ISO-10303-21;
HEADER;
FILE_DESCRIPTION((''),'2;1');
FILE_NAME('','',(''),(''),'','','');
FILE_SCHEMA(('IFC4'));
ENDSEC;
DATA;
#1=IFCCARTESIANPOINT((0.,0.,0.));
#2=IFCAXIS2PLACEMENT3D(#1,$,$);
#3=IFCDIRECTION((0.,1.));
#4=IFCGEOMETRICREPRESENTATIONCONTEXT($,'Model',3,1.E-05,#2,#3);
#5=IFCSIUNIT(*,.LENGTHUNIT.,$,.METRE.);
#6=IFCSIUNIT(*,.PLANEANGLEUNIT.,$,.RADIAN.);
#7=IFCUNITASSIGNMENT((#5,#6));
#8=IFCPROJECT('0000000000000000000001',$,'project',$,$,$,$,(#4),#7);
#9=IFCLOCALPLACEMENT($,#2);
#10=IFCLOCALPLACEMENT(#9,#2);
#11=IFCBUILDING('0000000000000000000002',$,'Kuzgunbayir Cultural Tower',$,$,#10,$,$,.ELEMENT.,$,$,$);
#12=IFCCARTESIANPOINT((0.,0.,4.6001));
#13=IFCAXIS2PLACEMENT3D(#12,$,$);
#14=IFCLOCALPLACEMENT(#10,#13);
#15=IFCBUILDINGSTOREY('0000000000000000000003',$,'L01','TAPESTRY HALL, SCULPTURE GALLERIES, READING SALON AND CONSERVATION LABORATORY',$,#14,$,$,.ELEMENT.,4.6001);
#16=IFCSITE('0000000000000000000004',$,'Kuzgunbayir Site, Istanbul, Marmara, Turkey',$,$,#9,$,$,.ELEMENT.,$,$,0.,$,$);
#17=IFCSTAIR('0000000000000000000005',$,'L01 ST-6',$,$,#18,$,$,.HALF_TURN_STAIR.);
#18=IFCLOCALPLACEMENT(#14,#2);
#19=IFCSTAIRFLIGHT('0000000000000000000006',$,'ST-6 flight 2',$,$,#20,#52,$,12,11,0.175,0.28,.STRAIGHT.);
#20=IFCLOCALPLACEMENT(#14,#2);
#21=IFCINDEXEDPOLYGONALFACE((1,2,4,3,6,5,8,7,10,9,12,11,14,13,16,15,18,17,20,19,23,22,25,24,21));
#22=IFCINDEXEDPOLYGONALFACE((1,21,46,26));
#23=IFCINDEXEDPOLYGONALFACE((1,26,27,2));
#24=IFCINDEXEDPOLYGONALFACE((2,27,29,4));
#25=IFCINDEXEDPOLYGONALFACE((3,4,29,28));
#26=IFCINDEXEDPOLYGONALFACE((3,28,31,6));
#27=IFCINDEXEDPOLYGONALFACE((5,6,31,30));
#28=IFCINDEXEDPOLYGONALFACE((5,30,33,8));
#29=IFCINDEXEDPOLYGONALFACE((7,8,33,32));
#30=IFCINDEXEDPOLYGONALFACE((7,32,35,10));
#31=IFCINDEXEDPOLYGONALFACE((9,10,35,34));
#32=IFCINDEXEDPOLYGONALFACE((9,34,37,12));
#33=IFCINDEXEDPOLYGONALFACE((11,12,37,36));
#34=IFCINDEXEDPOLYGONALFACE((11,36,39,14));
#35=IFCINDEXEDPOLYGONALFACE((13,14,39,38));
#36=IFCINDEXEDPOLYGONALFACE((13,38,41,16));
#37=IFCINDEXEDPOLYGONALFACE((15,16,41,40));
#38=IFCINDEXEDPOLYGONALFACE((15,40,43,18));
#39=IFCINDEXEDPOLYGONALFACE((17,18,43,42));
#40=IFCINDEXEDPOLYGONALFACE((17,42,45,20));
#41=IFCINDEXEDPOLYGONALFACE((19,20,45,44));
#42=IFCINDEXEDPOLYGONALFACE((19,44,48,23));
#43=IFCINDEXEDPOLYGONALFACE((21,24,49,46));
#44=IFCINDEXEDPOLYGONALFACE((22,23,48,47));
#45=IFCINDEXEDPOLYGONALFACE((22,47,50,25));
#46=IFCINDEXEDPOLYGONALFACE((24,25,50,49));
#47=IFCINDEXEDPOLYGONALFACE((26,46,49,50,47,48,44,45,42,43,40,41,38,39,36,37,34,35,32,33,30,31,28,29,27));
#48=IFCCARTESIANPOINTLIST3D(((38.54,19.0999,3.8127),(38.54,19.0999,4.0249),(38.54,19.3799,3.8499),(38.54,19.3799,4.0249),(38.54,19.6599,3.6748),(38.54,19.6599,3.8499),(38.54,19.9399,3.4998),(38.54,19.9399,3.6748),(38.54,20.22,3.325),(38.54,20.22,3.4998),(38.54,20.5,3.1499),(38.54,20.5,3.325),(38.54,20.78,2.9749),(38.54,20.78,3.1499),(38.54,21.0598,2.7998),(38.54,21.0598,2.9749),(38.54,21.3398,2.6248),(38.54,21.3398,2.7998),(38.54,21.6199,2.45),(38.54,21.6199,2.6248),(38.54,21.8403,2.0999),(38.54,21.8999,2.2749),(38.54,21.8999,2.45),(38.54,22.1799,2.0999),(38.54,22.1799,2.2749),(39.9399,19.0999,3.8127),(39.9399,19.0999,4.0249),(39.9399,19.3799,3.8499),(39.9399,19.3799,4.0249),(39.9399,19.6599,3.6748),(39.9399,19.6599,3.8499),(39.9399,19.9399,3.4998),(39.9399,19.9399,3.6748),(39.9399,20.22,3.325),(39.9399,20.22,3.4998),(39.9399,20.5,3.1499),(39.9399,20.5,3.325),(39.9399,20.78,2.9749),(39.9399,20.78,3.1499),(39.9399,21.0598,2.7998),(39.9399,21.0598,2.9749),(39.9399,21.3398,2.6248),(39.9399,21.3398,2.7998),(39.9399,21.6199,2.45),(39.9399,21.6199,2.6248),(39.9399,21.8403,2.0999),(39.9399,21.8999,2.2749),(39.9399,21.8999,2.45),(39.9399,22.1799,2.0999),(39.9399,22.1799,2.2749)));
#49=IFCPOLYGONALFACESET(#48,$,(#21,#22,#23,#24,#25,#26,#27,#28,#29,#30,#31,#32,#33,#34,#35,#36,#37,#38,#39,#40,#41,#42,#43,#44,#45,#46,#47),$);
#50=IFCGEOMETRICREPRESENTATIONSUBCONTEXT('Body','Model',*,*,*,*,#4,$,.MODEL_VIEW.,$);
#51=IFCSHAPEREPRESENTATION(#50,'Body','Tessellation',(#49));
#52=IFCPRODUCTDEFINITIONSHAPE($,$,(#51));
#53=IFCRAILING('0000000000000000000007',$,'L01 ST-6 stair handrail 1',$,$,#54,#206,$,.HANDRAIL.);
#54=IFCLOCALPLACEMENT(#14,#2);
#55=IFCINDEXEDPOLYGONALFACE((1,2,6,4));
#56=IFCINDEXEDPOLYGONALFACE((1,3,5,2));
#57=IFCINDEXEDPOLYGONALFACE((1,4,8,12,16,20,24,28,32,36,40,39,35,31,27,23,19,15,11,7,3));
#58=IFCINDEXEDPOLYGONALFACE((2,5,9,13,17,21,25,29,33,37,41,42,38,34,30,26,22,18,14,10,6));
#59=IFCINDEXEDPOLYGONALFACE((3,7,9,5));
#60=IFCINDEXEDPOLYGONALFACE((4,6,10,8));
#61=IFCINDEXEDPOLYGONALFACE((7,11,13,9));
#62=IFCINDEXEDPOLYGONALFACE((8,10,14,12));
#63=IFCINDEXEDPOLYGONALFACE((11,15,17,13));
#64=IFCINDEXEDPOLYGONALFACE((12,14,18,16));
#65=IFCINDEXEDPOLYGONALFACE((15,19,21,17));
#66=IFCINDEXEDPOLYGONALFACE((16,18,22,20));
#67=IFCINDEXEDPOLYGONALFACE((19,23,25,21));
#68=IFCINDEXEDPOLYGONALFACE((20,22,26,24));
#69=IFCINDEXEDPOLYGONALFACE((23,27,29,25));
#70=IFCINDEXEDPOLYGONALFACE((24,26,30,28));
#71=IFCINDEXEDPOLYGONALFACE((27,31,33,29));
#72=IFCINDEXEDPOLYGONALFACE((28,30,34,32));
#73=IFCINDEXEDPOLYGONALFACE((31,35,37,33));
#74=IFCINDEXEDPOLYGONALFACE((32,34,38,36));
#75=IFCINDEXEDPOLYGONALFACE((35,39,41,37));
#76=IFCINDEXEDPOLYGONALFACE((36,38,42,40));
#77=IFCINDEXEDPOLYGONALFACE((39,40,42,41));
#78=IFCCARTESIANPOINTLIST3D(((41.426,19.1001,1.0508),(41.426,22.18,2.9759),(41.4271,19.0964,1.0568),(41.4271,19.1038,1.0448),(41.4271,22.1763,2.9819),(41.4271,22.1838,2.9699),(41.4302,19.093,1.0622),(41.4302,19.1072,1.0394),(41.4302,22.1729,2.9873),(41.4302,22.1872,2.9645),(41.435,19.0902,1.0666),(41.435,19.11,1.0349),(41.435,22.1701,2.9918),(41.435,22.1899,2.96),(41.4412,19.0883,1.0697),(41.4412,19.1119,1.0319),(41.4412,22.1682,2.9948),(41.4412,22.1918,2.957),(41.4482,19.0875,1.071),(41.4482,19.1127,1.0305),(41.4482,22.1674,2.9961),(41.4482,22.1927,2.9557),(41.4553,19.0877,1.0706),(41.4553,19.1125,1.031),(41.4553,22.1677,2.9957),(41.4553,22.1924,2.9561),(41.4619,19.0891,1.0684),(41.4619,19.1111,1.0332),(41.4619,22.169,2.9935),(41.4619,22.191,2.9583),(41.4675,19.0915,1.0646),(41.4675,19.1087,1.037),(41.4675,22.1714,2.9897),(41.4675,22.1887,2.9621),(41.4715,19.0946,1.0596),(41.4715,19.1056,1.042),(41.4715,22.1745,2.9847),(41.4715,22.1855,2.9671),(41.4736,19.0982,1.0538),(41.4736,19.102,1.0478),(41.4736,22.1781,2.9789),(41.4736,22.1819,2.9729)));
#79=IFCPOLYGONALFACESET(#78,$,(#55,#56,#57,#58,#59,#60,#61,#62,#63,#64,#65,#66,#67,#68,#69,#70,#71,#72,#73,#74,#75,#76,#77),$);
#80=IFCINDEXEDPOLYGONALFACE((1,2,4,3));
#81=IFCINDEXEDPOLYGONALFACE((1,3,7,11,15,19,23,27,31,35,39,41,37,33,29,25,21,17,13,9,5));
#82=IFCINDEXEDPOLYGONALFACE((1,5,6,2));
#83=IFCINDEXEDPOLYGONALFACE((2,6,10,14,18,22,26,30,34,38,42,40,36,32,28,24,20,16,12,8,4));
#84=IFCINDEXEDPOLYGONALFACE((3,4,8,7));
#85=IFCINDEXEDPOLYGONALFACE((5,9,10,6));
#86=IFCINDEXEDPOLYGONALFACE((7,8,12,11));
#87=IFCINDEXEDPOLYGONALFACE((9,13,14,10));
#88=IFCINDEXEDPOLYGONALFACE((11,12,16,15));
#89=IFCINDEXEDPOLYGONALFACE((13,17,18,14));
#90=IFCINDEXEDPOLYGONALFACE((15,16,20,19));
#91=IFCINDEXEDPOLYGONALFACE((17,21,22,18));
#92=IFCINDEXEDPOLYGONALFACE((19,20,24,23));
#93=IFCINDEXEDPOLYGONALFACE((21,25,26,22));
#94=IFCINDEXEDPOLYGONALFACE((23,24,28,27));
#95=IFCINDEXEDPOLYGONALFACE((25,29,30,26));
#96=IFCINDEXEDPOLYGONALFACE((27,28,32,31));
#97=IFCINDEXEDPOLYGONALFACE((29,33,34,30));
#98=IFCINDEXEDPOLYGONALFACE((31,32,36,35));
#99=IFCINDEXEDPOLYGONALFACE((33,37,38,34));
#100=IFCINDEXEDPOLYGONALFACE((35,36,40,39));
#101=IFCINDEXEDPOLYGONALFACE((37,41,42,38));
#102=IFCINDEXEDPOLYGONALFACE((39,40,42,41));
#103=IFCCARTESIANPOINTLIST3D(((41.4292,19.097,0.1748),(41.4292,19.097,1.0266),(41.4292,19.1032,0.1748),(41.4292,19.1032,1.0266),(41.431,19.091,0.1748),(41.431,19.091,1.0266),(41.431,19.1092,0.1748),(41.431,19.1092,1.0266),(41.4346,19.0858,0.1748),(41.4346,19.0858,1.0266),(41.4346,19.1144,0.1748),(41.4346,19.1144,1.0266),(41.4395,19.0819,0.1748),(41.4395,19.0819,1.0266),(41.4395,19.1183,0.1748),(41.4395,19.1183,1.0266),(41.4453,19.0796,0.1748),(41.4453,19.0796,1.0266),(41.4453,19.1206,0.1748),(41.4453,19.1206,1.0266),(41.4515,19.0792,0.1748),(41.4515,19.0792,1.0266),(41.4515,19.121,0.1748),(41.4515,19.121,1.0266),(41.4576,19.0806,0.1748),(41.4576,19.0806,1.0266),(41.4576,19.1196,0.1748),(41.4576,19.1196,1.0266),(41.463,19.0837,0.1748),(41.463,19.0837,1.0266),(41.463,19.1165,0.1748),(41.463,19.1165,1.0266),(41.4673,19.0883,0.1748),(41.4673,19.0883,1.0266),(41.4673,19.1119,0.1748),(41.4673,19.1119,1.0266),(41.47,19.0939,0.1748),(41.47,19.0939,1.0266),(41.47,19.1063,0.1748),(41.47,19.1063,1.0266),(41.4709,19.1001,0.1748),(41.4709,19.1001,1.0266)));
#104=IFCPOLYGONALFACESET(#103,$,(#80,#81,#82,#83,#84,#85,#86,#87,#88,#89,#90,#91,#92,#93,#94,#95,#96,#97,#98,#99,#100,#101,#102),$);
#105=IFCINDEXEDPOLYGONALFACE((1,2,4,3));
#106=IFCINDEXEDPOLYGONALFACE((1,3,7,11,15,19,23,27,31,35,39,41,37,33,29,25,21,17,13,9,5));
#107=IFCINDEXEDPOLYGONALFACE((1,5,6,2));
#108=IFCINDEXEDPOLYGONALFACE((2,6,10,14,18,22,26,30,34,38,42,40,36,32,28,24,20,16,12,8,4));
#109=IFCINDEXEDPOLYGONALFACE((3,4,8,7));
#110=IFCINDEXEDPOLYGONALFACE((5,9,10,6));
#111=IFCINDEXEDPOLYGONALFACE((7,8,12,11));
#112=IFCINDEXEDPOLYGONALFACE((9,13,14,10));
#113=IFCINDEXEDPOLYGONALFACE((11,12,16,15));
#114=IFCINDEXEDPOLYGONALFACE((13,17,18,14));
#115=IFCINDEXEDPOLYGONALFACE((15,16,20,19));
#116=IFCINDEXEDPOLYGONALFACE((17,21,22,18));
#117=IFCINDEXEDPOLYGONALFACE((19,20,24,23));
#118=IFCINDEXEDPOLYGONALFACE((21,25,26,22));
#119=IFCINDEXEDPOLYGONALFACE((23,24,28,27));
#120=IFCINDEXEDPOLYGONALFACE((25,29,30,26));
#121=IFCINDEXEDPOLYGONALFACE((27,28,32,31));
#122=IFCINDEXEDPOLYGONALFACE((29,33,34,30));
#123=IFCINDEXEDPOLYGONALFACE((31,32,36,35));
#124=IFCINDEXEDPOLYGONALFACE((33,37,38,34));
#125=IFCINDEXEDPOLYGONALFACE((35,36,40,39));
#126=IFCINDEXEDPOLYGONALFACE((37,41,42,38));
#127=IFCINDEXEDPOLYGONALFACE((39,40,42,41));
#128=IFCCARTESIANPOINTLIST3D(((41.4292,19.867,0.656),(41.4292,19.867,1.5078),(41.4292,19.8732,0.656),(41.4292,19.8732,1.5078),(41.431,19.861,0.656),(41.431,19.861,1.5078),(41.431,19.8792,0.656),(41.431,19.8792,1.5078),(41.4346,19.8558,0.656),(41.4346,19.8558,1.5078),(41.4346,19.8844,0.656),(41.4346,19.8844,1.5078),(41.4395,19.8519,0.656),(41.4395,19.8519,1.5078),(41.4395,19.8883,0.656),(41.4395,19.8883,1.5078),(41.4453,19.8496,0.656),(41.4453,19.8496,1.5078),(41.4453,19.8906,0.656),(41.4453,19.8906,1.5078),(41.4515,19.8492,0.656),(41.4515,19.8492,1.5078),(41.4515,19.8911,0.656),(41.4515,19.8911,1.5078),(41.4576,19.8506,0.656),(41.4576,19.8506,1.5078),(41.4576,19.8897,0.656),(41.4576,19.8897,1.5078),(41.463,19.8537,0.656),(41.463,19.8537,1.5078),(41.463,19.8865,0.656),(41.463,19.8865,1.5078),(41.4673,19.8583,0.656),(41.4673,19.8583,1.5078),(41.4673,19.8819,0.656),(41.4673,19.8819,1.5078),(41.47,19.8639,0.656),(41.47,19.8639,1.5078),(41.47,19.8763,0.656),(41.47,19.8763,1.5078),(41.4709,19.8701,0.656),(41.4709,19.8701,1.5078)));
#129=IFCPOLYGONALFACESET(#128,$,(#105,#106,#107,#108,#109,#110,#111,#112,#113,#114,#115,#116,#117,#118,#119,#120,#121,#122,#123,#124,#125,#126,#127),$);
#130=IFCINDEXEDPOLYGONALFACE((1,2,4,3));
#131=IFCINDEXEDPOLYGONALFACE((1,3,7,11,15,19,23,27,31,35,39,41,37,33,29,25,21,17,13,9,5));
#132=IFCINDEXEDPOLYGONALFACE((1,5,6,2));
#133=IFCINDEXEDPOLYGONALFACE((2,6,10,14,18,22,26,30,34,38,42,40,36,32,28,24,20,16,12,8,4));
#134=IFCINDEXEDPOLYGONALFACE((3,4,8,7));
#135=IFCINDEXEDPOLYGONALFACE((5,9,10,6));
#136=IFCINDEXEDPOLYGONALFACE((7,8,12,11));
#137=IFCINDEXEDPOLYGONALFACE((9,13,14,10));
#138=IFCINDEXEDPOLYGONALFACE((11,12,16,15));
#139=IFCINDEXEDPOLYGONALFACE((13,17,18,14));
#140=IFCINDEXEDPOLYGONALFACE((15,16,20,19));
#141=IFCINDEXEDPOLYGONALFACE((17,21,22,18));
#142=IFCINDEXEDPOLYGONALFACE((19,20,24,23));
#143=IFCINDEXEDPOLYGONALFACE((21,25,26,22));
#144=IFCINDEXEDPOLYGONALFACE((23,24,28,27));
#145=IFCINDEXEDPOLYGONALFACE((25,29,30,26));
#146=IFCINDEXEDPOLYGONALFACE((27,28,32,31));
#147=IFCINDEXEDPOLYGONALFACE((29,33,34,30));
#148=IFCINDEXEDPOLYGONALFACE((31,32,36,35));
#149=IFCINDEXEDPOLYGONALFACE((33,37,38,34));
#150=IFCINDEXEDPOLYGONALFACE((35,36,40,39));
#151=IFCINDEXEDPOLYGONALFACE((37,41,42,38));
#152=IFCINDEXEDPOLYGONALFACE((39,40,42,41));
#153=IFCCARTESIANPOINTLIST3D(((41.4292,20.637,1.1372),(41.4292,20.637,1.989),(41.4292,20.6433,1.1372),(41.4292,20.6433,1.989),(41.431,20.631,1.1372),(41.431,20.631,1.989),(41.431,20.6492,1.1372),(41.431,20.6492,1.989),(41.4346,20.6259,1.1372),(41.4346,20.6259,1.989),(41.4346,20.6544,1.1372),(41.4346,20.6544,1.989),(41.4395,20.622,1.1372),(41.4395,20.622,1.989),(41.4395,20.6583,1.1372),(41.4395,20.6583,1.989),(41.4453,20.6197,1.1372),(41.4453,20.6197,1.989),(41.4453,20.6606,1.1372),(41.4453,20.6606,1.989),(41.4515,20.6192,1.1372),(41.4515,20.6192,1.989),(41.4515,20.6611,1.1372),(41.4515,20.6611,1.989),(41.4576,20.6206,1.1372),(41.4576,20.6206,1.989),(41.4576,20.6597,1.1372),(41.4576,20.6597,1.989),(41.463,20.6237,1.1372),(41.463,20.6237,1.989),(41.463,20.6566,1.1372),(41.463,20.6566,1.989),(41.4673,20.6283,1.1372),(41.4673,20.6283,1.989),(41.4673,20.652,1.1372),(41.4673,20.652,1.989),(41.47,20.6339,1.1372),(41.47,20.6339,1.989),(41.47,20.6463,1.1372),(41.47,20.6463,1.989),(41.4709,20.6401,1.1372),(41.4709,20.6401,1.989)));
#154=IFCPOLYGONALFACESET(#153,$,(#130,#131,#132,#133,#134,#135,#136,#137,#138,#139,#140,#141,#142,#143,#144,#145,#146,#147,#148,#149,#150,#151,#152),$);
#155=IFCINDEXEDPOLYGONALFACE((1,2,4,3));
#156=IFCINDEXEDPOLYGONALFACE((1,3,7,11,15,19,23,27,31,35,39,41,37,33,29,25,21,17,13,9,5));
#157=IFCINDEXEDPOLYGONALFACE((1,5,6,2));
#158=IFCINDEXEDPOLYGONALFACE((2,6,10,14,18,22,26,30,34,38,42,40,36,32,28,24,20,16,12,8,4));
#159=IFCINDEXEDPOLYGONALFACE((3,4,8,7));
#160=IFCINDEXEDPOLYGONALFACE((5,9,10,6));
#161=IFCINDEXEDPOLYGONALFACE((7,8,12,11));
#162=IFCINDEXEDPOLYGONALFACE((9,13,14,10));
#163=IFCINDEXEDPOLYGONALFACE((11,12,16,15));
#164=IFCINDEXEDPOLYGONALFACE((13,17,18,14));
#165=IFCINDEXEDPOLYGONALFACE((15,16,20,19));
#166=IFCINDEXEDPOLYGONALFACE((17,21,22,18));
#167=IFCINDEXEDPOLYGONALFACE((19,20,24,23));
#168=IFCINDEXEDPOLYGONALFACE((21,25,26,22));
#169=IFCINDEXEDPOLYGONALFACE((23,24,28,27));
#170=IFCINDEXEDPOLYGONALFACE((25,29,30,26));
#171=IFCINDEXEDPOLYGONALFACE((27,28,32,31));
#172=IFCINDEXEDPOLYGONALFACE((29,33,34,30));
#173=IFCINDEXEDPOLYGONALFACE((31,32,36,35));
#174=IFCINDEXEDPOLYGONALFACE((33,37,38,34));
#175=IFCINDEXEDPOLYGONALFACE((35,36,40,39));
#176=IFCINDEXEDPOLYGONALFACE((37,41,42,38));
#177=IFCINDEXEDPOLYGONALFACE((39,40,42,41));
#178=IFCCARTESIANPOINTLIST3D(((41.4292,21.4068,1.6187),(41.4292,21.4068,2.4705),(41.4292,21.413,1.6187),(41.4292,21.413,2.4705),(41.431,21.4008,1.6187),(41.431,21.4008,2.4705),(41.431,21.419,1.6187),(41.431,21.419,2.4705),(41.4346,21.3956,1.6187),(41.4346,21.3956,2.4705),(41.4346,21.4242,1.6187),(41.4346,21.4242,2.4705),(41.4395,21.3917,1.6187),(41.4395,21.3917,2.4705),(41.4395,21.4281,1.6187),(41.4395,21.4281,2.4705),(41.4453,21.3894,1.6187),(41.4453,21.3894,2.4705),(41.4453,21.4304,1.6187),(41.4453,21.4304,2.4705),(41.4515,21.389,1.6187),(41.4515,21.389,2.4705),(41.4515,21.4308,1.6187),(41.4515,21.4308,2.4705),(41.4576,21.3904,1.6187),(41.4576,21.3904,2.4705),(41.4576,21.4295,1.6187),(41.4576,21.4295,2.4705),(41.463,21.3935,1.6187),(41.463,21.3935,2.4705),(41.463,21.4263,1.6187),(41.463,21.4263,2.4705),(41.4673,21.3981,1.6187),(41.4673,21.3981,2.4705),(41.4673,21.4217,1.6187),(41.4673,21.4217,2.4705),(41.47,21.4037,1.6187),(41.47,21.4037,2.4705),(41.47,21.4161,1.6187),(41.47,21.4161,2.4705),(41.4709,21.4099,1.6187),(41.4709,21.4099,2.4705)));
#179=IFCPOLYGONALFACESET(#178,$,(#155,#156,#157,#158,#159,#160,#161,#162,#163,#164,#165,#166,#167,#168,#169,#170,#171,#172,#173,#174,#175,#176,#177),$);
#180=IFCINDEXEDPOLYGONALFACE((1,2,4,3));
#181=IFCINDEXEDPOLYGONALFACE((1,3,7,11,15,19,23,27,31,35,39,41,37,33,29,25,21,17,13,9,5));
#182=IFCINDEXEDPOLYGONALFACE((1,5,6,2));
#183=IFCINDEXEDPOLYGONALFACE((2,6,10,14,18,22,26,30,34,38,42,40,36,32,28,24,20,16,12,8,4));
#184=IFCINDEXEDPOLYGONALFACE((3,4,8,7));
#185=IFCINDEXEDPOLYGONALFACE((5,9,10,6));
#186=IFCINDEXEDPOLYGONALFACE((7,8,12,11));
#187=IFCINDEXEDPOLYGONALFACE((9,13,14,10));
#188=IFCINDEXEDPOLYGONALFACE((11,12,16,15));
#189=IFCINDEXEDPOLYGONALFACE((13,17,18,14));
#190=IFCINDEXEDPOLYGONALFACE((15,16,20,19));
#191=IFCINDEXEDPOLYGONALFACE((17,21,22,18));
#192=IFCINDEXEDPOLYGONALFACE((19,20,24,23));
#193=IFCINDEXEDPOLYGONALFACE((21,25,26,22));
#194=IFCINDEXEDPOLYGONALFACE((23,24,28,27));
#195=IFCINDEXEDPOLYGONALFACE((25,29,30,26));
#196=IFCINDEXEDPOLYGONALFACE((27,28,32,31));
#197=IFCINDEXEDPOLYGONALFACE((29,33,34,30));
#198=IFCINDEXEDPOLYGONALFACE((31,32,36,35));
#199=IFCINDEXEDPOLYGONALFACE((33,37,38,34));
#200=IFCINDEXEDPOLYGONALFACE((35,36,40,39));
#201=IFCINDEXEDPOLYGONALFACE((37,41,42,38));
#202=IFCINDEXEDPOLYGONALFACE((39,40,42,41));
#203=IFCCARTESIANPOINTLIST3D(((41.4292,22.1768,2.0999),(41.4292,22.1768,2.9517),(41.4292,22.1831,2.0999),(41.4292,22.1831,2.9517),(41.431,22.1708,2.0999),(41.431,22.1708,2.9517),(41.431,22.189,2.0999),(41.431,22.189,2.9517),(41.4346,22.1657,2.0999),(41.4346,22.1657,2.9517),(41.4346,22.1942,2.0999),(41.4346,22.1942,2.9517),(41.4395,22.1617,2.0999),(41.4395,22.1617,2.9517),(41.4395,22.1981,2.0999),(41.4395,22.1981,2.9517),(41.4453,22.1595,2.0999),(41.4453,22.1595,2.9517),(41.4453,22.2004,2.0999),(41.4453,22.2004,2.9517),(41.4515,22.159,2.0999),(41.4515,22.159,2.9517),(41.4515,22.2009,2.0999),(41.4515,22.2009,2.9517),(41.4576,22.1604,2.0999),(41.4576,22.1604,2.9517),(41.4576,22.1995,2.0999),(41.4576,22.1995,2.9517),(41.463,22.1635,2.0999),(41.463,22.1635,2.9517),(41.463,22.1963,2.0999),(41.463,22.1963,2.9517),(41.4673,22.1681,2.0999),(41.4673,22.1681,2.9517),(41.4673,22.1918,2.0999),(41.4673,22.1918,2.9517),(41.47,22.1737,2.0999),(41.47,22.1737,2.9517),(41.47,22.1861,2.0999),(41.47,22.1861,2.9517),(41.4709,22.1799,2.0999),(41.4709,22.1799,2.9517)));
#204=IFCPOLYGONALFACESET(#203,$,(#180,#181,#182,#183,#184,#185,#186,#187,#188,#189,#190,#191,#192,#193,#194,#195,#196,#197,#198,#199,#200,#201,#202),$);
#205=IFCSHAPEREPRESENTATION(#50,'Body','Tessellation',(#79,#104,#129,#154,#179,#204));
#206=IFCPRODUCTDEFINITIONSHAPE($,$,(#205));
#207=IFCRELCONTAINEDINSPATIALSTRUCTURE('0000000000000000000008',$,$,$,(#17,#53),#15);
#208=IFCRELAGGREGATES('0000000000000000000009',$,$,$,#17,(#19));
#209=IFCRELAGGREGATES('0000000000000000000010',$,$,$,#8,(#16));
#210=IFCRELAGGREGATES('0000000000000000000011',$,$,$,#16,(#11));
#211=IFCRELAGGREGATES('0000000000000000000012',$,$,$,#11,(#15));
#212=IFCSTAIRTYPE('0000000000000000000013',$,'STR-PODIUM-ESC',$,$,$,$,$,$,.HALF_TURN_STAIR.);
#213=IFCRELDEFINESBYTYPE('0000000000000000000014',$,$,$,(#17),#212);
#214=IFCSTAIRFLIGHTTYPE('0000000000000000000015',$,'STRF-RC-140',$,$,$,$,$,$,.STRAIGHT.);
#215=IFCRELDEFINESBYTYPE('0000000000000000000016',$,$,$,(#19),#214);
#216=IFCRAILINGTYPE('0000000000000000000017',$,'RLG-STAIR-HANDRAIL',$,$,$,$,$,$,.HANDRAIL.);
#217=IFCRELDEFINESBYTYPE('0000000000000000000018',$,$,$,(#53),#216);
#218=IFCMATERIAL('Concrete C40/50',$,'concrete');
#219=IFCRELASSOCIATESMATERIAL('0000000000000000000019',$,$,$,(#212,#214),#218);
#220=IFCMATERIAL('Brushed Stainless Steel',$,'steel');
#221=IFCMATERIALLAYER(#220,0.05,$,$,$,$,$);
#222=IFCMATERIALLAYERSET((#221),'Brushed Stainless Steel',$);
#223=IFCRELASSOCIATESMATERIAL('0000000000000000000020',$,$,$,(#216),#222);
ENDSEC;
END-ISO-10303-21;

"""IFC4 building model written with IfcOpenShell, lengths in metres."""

from ifc_helpers import new_model, si_unit, direction, frame, origin, origin_2d, place, context, subcontext, project, spatial, polyline, circle, outline, extrude, material, layer, layer_set, type_object, element, aggregate, save


model = new_model("IFC4")

# Units and contexts
model_context = context("Model", 3, precision=1e-05, world=origin(), true_north=direction((0.0, 1.0)))
body_context = subcontext(model_context, "Body", "Model", "MODEL_VIEW")
ifc_project = project(units=[si_unit("LENGTHUNIT", "METRE"), si_unit("PLANEANGLEUNIT", "RADIAN")], contexts=[model_context])

# Site, building, storey
site_placement = place(None, origin())
site = spatial("IfcSite", under=ifc_project, at=site_placement, Name="Kuzgunbayir Site, Istanbul, Marmara, Turkey", CompositionType="ELEMENT", RefElevation=0.0)
building_placement = place(site_placement, origin())
building = spatial("IfcBuilding", under=site, at=building_placement, Name="Kuzgunbayir Cultural Tower", CompositionType="ELEMENT")
storey_placement = place(building_placement, frame((0.0, 0.0, 4.6001)))
storey = spatial("IfcBuildingStorey", under=building, at=storey_placement, Name="L01", Description="TAPESTRY HALL, SCULPTURE GALLERIES, READING SALON AND CONSERVATION LABORATORY", CompositionType="ELEMENT", Elevation=4.6001)

# Shared definitions
ifc_material_1 = material(Name="Concrete C40/50", Category="concrete")

# Stair, stair flight
stair_type = type_object("IfcStairType", Name="STR-PODIUM-ESC", PredefinedType="HALF_TURN_STAIR", material=ifc_material_1)
stair_placement = place(storey_placement, origin())
stair = element("IfcStair", 1, at=stair_placement, inside=storey, type_object=stair_type, Name="L01 ST-6", PredefinedType="HALF_TURN_STAIR")
stair_flight_type = type_object("IfcStairFlightType", Name="STRF-RC-140", PredefinedType="STRAIGHT", material=ifc_material_1)
stair_flight_1_placement = place(storey_placement, frame((39.24, 22.1799, 2.0999), z_axis=(0.0, 0.0, 1.0), x_axis=(0.0, -1.0, 0.0)))
stair_flight_1 = element("IfcStairFlight", 2, at=stair_flight_1_placement, type_object=stair_flight_type, Name="ST-6 flight 2", NumberOfRisers=12, NumberOfTreads=11, PredefinedType="STRAIGHT", RiserHeight=0.175, TreadLength=0.28, context=body_context, shape_type="SweptSolid", body=[
    extrude(outline(polyline([(0.0, 0.0), (0.0, 0.175), (0.28, 0.175), (0.28, 0.3501), (0.5601, 0.3501), (0.5601, 0.5249), (0.8401, 0.5249), (0.8401, 0.7), (1.1201, 0.7), (1.1201, 0.875), (1.3999, 0.875), (1.3999, 1.05), (1.6799, 1.05), (1.6799, 1.2251), (1.96, 1.2251), (1.96, 1.3999), (2.24, 1.3999), (2.24, 1.575), (2.52, 1.575), (2.52, 1.75), (2.8, 1.75), (2.8, 1.925), (3.0801, 1.925), (3.0801, 2.1001), (3.0801, 1.7129), (0.3396, 0.0), (0.0, 0.0)])), frame((0.0, 0.7, 0.0), z_axis=(0.0, -1.0, 0.0), x_axis=(1.0, 0.0, 0.0)), (0.0, 0.0, 1.0), 1.3999),
])
aggregate(stair, [stair_flight_1])

# Railing
ifc_material_2 = material(Name="Brushed Stainless Steel", Category="steel")
ifc_layer_1 = layer(ifc_material_2, 0.05)
ifc_layer_set_1 = layer_set([ifc_layer_1], Name="Brushed Stainless Steel")
railing_type_1 = type_object("IfcRailingType", Name="RLG-STAIR-HANDRAIL", PredefinedType="HANDRAIL", material=ifc_layer_set_1)
railing_1_placement = place(storey_placement, frame((41.45, 19.1001, 0.1748)))
element("IfcRailing", 3, at=railing_1_placement, inside=storey, type_object=railing_type_1, Name="L01 ST-6 stair handrail 1", PredefinedType="HANDRAIL", context=body_context, shape_type="SweptSolid", body=[
    extrude(circle(Radius=0.0239, at=origin_2d()), frame((0.0, 0.0, 0.876), z_axis=(0.0, 0.847979, 0.530029), x_axis=(-1.0, 0.0, 0.0)), (0.0, 0.0, 1.0), 3.6321),
    extrude(circle(Radius=0.021, at=origin_2d()), origin(), (0.0, 0.0, 1.0), 0.8518),
    extrude(circle(Radius=0.021, at=origin_2d()), frame((0.0, 0.77, 0.4812)), (0.0, 0.0, 1.0), 0.8518),
    extrude(circle(Radius=0.021, at=origin_2d()), frame((0.0, 1.54, 0.9624)), (0.0, 0.0, 1.0), 0.8518),
    extrude(circle(Radius=0.021, at=origin_2d()), frame((0.0, 2.3098, 1.4438)), (0.0, 0.0, 1.0), 0.8518),
    extrude(circle(Radius=0.021, at=origin_2d()), frame((0.0, 3.0798, 1.925)), (0.0, 0.0, 1.0), 0.8518),
])

save(model, "model.ifc")
